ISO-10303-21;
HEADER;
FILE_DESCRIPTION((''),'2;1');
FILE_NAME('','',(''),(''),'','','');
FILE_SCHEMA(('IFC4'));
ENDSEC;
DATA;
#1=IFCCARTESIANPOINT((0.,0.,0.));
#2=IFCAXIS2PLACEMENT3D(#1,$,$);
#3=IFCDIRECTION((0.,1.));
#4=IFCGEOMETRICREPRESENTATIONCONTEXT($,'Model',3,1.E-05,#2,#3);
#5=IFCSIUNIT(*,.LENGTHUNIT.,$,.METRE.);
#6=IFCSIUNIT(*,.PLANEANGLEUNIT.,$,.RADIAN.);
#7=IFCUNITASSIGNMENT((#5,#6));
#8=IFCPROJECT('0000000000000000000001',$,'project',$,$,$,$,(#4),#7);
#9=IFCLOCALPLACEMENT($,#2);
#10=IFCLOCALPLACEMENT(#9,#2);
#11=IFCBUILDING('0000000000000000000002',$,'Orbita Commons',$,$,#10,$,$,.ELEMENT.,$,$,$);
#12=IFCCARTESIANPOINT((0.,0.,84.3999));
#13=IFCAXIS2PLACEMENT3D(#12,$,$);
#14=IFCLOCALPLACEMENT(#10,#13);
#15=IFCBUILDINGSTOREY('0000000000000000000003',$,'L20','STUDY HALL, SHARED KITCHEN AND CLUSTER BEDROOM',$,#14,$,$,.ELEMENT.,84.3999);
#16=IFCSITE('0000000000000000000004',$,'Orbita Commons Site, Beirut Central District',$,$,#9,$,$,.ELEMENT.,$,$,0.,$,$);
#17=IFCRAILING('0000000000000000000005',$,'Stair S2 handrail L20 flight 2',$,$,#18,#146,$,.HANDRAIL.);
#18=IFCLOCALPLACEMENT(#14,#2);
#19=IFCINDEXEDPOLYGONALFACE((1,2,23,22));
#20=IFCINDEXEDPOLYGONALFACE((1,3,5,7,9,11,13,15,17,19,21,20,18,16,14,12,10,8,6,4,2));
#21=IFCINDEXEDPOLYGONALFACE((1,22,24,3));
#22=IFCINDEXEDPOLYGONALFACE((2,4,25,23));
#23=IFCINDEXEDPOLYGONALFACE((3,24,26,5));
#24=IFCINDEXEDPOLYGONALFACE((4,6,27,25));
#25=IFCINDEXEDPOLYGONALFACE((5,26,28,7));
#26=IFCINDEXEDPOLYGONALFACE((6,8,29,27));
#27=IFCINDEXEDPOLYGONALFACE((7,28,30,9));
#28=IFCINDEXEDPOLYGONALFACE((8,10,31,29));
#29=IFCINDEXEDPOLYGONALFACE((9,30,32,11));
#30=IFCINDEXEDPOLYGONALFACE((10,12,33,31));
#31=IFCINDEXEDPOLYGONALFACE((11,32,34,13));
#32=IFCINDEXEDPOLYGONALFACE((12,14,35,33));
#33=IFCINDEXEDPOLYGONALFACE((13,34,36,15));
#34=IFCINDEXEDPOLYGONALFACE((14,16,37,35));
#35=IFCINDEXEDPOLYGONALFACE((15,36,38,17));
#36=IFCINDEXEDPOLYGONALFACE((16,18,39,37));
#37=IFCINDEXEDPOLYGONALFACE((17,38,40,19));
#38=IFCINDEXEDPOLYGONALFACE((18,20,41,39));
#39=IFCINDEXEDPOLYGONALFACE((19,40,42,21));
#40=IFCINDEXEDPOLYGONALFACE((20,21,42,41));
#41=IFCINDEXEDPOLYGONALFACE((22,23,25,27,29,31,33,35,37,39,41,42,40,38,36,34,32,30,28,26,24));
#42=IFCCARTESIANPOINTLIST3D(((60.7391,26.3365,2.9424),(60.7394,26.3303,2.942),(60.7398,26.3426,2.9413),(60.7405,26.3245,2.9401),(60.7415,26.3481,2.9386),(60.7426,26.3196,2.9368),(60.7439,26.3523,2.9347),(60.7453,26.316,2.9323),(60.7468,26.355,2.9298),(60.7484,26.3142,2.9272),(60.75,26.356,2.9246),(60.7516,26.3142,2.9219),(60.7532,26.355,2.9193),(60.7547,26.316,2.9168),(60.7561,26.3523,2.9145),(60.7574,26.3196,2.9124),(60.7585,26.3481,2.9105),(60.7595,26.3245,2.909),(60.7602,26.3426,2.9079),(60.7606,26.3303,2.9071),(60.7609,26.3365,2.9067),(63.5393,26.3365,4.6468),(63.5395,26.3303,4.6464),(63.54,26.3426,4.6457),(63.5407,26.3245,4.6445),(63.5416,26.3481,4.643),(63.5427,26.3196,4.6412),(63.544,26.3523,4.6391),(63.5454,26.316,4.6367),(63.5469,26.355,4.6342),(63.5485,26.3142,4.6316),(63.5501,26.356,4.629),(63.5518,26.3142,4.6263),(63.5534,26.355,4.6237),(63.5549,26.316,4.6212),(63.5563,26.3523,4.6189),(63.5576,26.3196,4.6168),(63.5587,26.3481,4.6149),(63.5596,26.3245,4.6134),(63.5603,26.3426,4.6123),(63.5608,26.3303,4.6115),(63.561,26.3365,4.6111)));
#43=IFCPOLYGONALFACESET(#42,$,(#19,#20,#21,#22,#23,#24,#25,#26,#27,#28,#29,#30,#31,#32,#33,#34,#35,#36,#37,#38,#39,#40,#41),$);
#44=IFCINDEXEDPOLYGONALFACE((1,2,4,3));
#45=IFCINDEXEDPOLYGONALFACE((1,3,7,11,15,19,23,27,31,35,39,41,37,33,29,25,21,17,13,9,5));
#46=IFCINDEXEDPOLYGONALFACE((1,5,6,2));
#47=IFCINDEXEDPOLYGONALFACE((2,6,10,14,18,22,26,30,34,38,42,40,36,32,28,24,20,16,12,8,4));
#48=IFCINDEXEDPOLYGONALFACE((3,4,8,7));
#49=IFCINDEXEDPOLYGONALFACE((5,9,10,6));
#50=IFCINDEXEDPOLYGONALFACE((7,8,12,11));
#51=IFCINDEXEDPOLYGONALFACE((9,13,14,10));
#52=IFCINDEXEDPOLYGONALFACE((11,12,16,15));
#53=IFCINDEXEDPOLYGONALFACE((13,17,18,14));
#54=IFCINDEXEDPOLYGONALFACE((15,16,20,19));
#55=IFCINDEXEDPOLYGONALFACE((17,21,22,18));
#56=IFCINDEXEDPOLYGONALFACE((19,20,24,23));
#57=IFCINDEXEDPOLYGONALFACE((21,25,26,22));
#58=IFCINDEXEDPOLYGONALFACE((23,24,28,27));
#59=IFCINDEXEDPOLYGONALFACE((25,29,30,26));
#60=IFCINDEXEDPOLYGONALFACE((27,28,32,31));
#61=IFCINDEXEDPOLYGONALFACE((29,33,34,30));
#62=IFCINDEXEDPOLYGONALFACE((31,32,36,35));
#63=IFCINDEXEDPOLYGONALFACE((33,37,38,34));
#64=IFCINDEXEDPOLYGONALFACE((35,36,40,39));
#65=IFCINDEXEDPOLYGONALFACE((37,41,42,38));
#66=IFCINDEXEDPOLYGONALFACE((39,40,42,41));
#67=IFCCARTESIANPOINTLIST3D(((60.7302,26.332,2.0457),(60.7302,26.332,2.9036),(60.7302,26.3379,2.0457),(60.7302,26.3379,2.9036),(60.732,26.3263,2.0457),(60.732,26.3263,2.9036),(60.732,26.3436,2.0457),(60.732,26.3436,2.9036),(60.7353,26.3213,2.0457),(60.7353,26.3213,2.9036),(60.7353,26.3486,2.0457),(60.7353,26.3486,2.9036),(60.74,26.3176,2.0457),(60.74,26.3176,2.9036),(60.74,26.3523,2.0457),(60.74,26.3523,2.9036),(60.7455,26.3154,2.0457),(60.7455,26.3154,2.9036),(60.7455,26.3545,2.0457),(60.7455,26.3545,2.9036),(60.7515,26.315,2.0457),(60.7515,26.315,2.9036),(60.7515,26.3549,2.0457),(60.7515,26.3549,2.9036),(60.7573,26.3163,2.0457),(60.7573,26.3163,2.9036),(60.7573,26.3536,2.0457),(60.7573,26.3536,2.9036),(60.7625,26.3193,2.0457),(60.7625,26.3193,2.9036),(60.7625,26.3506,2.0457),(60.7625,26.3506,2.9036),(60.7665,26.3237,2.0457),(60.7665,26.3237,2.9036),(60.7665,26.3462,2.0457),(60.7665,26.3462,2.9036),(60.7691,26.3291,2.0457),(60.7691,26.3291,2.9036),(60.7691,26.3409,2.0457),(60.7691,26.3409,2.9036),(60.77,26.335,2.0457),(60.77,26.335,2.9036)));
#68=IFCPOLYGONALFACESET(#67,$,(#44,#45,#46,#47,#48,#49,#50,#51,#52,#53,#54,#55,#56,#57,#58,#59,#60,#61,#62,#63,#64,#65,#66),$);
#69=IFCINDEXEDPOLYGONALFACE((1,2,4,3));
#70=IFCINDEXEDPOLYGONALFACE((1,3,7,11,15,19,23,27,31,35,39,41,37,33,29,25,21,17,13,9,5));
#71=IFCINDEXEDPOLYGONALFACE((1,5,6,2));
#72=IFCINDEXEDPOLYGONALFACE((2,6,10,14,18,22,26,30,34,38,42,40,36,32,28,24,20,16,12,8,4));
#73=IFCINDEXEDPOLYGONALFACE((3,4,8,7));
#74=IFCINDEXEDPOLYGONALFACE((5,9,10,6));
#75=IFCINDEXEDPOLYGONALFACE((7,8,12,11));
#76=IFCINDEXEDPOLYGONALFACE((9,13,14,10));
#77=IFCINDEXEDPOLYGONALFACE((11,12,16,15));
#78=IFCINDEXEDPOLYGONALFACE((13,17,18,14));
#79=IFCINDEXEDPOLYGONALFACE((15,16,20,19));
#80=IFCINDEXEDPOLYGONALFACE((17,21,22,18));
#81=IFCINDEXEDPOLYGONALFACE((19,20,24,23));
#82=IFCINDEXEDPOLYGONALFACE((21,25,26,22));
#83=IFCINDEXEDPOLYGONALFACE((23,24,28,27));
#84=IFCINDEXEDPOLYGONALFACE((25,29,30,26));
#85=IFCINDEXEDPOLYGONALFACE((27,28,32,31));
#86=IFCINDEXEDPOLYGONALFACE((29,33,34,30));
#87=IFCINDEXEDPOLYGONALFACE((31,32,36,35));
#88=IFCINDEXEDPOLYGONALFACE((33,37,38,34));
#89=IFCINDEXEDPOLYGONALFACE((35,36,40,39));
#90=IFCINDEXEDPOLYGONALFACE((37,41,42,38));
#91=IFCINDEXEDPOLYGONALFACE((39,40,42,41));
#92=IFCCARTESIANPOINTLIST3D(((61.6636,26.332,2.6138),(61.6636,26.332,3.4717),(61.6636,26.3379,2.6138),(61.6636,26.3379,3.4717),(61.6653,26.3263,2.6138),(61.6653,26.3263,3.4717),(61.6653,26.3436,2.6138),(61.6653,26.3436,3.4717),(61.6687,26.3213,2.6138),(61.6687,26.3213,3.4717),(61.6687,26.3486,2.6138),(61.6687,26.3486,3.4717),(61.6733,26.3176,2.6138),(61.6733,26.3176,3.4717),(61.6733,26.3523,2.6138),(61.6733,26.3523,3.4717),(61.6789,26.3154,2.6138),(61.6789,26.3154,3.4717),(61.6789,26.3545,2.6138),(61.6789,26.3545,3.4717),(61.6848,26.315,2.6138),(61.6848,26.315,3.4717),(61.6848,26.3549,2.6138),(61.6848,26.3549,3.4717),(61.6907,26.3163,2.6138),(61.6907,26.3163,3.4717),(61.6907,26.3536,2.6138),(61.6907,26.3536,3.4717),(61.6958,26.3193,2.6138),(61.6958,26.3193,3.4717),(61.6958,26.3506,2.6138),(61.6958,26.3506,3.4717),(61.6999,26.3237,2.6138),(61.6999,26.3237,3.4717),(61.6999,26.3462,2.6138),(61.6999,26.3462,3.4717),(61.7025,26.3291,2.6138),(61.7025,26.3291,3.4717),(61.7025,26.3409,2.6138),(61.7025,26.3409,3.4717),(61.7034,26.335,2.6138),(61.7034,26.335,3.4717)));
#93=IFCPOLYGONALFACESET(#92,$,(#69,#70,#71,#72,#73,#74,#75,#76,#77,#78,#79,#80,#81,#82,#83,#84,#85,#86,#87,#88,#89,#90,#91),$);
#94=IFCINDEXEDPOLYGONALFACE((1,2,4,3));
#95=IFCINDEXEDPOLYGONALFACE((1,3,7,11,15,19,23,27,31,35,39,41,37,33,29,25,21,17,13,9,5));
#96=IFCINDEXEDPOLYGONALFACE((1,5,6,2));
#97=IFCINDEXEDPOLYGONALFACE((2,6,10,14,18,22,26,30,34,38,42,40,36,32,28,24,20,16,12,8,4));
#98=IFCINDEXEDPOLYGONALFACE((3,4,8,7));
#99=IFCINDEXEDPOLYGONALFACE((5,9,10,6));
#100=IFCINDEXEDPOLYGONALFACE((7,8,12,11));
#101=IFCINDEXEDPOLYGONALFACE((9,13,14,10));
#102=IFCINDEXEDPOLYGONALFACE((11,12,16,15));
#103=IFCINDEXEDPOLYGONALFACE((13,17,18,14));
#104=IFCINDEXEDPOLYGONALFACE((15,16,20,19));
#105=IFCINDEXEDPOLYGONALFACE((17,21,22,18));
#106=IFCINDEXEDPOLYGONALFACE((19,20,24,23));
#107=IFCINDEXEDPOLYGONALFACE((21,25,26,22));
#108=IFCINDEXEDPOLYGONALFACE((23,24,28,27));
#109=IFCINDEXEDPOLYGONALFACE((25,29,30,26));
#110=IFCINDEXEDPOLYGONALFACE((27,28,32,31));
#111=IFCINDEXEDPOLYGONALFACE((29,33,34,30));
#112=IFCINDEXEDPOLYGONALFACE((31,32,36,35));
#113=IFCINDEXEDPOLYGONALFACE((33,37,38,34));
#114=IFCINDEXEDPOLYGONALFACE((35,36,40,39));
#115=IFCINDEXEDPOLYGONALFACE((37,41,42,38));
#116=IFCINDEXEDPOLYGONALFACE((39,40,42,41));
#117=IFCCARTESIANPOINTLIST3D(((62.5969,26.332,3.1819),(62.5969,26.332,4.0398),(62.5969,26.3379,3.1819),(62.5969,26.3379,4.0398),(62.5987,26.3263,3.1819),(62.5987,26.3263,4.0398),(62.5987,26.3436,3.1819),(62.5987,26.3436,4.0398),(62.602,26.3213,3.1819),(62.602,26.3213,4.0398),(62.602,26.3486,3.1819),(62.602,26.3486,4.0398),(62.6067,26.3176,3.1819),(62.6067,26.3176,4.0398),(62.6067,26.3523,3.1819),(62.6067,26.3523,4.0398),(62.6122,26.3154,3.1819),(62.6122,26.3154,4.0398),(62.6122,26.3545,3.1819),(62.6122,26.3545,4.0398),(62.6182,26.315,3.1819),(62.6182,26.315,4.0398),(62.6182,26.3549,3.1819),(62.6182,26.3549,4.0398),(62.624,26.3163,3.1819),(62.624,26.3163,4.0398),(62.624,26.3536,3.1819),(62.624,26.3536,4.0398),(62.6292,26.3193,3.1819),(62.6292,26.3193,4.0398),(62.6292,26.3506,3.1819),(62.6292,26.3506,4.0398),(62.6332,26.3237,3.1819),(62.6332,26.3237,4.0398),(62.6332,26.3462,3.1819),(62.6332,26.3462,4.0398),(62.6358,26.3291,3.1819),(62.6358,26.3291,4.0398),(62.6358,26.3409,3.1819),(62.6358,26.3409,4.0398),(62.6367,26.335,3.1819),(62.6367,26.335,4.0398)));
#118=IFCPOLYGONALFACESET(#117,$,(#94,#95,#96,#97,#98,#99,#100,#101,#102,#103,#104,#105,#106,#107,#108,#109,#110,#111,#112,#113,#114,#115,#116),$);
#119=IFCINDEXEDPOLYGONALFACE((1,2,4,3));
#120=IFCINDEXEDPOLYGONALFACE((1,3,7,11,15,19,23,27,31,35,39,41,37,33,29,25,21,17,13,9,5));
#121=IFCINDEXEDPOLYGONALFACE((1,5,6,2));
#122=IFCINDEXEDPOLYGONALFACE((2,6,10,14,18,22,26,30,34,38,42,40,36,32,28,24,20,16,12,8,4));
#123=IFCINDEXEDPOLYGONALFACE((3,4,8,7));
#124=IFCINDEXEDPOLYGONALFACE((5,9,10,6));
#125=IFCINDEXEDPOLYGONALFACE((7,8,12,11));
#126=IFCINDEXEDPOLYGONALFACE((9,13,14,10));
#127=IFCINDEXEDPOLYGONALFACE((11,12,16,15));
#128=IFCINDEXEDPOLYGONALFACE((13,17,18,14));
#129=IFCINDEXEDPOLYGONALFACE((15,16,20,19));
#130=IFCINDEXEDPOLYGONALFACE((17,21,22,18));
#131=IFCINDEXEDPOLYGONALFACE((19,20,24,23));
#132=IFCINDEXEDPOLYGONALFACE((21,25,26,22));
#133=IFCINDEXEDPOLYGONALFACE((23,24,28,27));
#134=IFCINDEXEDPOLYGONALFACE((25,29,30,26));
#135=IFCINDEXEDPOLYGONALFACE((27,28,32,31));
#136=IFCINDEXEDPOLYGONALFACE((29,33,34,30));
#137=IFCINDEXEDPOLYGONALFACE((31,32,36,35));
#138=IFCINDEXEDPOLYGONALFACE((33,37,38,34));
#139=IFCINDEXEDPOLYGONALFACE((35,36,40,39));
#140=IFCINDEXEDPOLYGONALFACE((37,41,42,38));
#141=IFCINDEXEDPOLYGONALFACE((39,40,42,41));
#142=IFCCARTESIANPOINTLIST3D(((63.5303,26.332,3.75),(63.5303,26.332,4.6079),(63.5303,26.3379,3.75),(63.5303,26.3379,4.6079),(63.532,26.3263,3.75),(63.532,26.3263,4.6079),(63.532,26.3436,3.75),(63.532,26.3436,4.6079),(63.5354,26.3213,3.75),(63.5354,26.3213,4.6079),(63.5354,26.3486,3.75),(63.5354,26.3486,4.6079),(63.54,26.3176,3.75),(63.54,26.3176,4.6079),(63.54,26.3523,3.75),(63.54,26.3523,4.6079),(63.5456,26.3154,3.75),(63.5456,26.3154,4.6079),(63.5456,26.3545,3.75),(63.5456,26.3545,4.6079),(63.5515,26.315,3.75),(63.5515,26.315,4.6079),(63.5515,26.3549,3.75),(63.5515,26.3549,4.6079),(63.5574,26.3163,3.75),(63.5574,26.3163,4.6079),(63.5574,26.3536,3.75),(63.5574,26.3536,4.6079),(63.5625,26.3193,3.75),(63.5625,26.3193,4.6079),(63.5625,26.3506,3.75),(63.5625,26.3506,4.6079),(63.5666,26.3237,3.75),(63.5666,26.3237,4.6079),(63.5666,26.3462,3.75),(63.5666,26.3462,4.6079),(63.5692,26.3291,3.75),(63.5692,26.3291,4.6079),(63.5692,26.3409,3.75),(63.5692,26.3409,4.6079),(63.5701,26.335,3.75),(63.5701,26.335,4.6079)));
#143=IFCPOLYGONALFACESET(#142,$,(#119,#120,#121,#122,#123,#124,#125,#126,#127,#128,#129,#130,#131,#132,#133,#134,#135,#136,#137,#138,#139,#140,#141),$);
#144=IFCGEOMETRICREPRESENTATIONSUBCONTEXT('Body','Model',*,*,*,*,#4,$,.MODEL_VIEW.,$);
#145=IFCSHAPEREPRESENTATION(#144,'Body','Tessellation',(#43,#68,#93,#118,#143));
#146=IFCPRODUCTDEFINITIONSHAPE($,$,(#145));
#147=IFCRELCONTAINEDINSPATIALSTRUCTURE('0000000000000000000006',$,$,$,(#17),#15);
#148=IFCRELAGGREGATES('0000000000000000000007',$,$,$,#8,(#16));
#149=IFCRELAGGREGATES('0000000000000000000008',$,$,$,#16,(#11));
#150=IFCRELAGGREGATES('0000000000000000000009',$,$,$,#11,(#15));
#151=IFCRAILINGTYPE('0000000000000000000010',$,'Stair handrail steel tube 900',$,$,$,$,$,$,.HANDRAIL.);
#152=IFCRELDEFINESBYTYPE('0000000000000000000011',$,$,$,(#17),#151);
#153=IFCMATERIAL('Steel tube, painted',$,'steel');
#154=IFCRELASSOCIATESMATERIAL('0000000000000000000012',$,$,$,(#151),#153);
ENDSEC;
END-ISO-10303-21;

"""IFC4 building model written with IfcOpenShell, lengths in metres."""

from ifc_helpers import new_model, si_unit, direction, frame, origin, origin_2d, place, context, subcontext, project, spatial, circle, extrude, material, type_object, element, save


model = new_model("IFC4")

# Units and contexts
model_context = context("Model", 3, precision=1e-05, world=origin(), true_north=direction((0.0, 1.0)))
body_context = subcontext(model_context, "Body", "Model", "MODEL_VIEW")
ifc_project = project(units=[si_unit("LENGTHUNIT", "METRE"), si_unit("PLANEANGLEUNIT", "RADIAN")], contexts=[model_context])

# Site, building, storey
site_placement = place(None, origin())
site = spatial("IfcSite", under=ifc_project, at=site_placement, Name="Orbita Commons Site, Beirut Central District", CompositionType="ELEMENT", RefElevation=0.0)
building_placement = place(site_placement, origin())
building = spatial("IfcBuilding", under=site, at=building_placement, Name="Orbita Commons", CompositionType="ELEMENT")
storey_placement = place(building_placement, frame((0.0, 0.0, 84.3999)))
storey = spatial("IfcBuildingStorey", under=building, at=storey_placement, Name="L20", Description="STUDY HALL, SHARED KITCHEN AND CLUSTER BEDROOM", CompositionType="ELEMENT", Elevation=84.3999)

# Railing
ifc_material_1 = material(Name="Steel tube, painted", Category="steel")
railing_type = type_object("IfcRailingType", Name="Stair handrail steel tube 900", PredefinedType="HANDRAIL", material=ifc_material_1)
railing_placement = place(storey_placement, frame((60.75, 26.335, 2.0457)))
element("IfcRailing", 1, at=railing_placement, inside=storey, type_object=railing_type, Name="Stair S2 handrail L20 flight 2", PredefinedType="HANDRAIL", context=body_context, shape_type="SweptSolid", body=[
    extrude(circle(Radius=0.021, at=origin_2d()), frame((0.0, 0.0, 0.8789), z_axis=(0.854203, 0.0, 0.51994), x_axis=(0.0, 1.0, 0.0)), (0.0, 0.0, 1.0), 3.2781),
    extrude(circle(Radius=0.02, at=origin_2d()), origin(), (0.0, 0.0, 1.0), 0.8579),
    extrude(circle(Radius=0.02, at=origin_2d()), frame((0.9333, 0.0, 0.5681)), (0.0, 0.0, 1.0), 0.8579),
    extrude(circle(Radius=0.02, at=origin_2d()), frame((1.8667, 0.0, 1.1362)), (0.0, 0.0, 1.0), 0.8579),
    extrude(circle(Radius=0.02, at=origin_2d()), frame((2.8, 0.0, 1.7043)), (0.0, 0.0, 1.0), 0.8579),
])

save(model, "model.ifc")
